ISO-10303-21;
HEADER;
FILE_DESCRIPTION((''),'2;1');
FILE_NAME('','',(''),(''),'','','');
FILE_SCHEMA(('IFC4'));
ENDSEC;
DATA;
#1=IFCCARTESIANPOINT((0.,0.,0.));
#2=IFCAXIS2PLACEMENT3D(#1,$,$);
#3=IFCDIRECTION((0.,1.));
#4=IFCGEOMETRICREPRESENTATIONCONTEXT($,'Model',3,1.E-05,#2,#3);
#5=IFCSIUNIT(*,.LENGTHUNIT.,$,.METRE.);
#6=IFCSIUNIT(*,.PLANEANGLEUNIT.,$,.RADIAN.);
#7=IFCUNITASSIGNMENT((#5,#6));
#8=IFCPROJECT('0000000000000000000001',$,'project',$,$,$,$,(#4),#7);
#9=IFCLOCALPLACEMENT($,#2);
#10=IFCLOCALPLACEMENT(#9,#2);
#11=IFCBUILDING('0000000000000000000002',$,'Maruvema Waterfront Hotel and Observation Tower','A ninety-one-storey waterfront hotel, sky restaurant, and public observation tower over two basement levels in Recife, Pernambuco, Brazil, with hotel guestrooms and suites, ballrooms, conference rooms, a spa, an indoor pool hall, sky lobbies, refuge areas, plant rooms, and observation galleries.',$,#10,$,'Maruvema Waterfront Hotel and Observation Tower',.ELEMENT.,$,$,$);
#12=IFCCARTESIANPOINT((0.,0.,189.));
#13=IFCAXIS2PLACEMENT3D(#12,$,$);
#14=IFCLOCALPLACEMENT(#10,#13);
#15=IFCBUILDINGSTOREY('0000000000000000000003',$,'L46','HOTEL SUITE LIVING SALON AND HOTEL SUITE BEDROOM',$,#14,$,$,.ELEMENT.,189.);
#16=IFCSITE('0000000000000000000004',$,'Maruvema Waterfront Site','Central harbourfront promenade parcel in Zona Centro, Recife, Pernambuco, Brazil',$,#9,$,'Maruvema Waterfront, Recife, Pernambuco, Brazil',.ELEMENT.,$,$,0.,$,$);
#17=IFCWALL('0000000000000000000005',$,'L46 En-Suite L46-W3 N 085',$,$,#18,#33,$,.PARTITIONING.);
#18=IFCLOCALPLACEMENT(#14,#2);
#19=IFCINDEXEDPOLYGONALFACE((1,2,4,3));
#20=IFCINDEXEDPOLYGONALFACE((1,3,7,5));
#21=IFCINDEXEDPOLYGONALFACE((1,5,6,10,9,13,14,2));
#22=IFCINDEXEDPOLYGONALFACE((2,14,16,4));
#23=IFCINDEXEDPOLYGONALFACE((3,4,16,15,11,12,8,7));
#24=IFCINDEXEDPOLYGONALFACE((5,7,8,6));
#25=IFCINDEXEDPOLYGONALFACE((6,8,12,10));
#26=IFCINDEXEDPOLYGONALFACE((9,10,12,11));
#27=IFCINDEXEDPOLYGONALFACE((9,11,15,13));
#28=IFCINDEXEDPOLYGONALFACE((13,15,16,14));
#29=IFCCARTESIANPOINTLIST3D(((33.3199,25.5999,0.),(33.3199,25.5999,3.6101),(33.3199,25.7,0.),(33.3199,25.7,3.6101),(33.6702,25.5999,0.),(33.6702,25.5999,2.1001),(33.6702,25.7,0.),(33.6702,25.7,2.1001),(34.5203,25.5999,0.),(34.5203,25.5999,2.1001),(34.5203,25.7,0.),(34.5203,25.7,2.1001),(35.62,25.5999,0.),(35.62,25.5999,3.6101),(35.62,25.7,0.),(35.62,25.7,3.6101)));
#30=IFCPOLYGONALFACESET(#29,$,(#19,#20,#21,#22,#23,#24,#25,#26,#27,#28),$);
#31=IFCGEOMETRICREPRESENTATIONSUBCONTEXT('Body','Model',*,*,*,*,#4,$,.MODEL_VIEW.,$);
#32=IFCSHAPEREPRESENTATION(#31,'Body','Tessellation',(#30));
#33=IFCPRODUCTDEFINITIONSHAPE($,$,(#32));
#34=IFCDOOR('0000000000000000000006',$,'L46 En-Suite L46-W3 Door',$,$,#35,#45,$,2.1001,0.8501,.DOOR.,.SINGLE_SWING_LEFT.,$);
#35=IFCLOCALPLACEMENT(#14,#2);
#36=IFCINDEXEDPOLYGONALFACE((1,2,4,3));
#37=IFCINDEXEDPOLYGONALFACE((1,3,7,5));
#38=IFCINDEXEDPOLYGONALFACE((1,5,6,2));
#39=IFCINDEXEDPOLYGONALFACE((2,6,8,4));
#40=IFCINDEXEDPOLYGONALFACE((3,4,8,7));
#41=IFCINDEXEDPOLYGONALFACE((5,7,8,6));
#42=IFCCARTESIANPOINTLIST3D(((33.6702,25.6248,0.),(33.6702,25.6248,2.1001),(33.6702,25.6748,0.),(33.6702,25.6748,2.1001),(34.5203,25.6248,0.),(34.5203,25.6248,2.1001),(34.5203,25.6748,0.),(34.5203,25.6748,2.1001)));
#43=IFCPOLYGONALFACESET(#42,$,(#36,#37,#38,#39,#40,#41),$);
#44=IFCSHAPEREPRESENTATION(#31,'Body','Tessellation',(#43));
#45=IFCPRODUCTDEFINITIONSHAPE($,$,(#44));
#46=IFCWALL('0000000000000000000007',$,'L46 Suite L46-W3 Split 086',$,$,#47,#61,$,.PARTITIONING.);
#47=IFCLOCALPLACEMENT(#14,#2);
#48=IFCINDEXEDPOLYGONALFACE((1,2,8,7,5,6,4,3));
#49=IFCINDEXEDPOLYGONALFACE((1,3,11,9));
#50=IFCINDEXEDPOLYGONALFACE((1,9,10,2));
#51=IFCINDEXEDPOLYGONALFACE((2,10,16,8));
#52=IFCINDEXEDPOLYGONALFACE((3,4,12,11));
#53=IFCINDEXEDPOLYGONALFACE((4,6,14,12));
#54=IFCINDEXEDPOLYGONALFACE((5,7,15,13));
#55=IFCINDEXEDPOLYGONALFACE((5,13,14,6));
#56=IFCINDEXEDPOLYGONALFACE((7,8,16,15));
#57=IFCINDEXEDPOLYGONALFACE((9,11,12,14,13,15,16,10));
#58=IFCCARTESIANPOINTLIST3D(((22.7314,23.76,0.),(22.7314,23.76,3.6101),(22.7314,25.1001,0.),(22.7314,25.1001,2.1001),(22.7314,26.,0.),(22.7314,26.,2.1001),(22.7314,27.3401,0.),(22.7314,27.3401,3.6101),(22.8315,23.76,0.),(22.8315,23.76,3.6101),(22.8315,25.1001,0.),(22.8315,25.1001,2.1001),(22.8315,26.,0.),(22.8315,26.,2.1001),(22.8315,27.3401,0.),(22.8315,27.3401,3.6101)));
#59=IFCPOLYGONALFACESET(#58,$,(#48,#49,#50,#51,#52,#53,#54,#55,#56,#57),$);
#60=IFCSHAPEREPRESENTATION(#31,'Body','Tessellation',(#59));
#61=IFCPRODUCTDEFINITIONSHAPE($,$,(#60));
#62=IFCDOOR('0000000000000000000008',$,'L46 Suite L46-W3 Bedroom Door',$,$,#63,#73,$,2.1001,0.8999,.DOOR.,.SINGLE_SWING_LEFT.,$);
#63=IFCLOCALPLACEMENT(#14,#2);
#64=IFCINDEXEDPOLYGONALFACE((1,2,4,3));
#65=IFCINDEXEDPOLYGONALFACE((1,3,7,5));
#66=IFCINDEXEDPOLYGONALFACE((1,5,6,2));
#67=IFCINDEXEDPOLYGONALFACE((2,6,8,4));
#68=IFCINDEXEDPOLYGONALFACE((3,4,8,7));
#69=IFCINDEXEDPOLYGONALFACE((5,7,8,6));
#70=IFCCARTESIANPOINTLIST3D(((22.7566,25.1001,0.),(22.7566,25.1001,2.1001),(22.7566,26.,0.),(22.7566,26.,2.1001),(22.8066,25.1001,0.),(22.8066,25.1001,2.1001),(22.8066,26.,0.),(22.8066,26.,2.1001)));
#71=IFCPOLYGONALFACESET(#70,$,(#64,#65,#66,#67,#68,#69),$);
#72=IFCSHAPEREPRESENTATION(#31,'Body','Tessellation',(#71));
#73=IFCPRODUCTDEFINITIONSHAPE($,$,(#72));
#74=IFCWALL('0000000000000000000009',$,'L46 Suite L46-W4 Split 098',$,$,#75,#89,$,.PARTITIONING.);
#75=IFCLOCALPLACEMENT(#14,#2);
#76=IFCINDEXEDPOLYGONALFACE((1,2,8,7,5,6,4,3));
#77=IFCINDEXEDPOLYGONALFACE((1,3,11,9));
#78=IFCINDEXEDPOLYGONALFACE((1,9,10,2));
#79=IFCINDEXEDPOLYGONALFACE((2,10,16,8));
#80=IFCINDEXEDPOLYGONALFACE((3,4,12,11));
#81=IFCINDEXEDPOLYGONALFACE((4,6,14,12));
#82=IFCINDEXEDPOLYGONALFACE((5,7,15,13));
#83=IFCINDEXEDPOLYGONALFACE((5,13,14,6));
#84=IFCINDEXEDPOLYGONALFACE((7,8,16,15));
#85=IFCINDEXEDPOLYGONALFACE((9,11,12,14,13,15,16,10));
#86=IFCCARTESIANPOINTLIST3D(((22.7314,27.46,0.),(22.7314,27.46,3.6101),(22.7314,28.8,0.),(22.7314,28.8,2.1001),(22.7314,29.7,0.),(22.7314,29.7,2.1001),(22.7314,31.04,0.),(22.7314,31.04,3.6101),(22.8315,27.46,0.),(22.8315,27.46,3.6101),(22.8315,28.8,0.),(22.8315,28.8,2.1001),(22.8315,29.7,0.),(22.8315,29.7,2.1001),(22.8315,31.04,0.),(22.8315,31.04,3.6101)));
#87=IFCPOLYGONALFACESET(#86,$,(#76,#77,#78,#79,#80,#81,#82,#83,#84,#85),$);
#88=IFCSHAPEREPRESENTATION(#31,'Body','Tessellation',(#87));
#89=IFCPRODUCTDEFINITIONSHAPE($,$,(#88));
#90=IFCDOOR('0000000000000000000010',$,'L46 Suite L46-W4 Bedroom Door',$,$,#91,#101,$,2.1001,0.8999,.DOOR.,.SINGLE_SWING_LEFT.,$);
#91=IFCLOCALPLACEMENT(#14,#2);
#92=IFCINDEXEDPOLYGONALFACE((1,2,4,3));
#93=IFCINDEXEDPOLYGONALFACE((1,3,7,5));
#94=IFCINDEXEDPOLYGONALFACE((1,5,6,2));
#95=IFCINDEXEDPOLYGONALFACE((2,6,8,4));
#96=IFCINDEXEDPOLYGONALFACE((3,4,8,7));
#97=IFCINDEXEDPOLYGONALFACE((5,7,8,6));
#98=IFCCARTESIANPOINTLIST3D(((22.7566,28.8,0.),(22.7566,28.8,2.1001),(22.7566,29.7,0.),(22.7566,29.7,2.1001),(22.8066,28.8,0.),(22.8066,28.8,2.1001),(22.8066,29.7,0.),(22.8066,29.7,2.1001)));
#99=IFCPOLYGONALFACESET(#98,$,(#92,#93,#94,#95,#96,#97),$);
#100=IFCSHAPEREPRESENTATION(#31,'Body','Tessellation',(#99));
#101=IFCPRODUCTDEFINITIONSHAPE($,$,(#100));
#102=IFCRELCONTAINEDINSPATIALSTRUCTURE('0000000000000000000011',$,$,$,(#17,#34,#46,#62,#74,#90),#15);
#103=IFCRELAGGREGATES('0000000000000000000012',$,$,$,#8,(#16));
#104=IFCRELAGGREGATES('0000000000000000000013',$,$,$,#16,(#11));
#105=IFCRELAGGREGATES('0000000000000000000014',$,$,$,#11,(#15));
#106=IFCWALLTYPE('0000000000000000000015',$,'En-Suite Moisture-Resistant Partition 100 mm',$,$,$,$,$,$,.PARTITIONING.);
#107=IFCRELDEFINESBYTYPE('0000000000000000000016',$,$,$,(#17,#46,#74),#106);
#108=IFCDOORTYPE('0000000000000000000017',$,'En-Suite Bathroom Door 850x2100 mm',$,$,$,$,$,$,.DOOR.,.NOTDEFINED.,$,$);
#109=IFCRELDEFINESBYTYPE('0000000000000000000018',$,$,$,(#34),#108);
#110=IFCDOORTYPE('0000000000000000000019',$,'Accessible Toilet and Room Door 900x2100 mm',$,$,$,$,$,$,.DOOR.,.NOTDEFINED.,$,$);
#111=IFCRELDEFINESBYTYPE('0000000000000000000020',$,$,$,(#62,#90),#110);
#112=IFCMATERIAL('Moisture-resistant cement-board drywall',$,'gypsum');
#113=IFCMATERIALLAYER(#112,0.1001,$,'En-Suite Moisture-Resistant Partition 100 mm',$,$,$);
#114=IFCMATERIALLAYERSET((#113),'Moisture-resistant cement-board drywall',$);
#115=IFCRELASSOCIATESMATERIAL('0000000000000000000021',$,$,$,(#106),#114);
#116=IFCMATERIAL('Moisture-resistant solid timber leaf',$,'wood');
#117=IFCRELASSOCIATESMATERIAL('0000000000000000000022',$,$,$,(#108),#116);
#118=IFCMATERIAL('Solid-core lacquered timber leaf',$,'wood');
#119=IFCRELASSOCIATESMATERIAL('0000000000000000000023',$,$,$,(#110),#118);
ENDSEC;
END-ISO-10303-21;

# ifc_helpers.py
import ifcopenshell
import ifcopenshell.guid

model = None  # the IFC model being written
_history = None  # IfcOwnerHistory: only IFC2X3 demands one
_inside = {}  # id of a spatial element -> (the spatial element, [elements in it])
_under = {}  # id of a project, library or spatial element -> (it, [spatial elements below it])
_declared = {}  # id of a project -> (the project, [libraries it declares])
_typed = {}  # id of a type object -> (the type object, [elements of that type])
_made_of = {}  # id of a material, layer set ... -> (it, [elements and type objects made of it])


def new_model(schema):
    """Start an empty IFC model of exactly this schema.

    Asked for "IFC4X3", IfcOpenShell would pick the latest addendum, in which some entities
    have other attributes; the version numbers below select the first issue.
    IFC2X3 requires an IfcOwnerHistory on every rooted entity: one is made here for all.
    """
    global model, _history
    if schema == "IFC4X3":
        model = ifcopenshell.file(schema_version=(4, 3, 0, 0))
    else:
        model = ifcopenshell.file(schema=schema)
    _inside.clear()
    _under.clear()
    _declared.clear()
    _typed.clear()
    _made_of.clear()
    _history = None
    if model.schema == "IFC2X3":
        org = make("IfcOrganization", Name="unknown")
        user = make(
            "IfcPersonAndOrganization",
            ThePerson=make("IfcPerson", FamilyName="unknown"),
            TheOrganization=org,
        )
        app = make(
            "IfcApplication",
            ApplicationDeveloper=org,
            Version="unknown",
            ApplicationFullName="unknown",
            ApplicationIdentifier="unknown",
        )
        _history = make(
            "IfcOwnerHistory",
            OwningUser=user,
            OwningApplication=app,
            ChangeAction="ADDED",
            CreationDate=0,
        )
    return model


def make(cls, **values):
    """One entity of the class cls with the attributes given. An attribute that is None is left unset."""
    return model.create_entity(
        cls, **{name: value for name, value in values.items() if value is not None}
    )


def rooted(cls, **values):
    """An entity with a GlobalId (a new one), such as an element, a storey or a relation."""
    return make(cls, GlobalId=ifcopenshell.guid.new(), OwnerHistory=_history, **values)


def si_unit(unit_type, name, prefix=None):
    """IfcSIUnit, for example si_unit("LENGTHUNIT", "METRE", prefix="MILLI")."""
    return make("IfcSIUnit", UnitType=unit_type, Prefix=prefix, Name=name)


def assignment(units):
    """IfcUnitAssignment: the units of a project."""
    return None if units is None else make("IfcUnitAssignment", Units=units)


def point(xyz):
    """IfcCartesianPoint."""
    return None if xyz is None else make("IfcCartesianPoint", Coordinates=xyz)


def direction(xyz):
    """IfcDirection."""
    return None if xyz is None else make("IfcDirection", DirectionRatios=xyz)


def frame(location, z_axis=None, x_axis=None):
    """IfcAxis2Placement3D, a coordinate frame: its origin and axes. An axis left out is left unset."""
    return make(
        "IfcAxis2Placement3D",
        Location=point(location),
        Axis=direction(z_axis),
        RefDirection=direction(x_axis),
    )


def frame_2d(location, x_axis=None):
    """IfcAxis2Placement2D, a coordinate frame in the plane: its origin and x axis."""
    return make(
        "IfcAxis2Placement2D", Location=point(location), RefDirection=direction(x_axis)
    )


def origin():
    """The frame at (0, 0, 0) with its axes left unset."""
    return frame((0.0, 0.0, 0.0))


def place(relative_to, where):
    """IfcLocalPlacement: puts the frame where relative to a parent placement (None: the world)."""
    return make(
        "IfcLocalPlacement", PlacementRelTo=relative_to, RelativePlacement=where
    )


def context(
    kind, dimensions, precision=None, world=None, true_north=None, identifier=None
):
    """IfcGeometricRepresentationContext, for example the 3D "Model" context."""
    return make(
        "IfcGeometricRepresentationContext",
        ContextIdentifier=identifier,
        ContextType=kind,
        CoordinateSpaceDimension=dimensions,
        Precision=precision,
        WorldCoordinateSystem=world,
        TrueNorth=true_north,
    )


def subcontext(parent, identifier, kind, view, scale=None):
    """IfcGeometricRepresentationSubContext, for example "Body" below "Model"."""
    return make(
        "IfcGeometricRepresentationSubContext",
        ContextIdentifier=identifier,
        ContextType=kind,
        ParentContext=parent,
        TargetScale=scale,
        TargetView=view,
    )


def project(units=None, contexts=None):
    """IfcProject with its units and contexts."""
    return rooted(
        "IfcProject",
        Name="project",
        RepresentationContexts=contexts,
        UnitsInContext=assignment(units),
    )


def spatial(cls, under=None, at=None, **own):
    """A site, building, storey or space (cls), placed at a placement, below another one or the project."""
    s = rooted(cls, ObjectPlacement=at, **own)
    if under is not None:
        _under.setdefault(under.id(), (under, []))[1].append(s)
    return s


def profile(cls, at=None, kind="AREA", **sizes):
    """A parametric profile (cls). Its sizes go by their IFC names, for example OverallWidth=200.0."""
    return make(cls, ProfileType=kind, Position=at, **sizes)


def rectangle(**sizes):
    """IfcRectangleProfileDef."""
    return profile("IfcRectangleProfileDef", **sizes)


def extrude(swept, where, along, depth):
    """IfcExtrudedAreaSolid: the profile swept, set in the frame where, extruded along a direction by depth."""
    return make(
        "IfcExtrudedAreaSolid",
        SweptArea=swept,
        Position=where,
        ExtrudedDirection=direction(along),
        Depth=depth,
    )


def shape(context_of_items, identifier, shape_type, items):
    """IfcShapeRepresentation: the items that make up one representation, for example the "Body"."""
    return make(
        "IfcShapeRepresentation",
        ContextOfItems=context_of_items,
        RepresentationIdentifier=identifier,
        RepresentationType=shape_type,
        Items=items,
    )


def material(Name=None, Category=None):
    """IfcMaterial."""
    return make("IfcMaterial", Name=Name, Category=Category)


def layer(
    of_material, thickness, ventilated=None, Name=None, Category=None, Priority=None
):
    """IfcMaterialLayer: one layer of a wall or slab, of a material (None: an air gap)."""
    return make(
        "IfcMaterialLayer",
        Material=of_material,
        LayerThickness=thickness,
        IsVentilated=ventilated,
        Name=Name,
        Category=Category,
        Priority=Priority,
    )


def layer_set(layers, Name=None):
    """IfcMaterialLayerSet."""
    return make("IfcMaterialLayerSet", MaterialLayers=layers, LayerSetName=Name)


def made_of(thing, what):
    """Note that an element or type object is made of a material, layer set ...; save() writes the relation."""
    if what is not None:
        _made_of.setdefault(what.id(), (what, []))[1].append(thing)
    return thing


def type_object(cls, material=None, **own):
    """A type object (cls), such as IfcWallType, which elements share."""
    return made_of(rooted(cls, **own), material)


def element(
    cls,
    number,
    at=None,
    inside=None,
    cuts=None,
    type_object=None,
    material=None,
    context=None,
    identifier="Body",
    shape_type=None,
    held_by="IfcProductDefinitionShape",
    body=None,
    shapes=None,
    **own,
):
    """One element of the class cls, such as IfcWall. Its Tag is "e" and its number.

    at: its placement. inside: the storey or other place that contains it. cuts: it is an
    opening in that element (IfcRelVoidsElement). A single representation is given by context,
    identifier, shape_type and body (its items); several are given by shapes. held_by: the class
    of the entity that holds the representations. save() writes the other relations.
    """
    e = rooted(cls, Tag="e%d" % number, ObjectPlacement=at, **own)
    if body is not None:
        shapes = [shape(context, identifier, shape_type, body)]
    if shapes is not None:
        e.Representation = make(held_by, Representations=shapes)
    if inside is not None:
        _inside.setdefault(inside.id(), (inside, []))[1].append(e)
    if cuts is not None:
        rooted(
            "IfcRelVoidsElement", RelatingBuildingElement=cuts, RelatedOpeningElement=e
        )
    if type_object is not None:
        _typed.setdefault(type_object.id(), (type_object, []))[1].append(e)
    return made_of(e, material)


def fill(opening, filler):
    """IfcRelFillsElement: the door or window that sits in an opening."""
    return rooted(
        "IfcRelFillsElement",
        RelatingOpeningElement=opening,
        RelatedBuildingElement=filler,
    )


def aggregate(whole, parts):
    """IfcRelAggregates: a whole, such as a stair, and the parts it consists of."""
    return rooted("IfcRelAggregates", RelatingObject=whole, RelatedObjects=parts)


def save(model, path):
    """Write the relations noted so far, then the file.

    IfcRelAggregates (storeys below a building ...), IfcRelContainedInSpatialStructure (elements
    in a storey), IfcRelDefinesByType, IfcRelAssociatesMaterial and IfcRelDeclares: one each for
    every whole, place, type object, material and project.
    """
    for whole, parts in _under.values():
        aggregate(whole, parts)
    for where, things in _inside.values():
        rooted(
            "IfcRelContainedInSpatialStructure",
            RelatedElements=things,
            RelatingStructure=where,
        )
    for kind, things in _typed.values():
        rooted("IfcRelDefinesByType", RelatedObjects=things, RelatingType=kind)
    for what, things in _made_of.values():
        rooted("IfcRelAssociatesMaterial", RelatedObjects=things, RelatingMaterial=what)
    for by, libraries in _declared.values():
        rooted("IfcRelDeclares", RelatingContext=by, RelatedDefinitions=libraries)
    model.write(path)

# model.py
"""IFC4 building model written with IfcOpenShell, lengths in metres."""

from ifc_helpers import new_model, si_unit, direction, frame, frame_2d, origin, place, context, subcontext, project, spatial, rectangle, extrude, material, layer, layer_set, type_object, element, fill, save


model = new_model("IFC4")

# Units and contexts
model_context = context("Model", 3, precision=1e-05, world=origin(), true_north=direction((0.0, 1.0)))
body_context = subcontext(model_context, "Body", "Model", "MODEL_VIEW")
ifc_project = project(units=[si_unit("LENGTHUNIT", "METRE"), si_unit("PLANEANGLEUNIT", "RADIAN")], contexts=[model_context])

# Site, building, storey
site_placement = place(None, origin())
site = spatial("IfcSite", under=ifc_project, at=site_placement, Name="Maruvema Waterfront Site", Description="Central harbourfront promenade parcel in Zona Centro, Recife, Pernambuco, Brazil", LongName="Maruvema Waterfront, Recife, Pernambuco, Brazil", CompositionType="ELEMENT", RefElevation=0.0)
building_placement = place(site_placement, origin())
building = spatial("IfcBuilding", under=site, at=building_placement, Name="Maruvema Waterfront Hotel and Observation Tower", Description="A ninety-one-storey waterfront hotel, sky restaurant, and public observation tower over two basement levels in Recife, Pernambuco, Brazil, with hotel guestrooms and suites, ballrooms, conference rooms, a spa, an indoor pool hall, sky lobbies, refuge areas, plant rooms, and observation galleries.", LongName="Maruvema Waterfront Hotel and Observation Tower", CompositionType="ELEMENT")
storey_placement = place(building_placement, frame((0.0, 0.0, 189.0)))
storey = spatial("IfcBuildingStorey", under=building, at=storey_placement, Name="L46", Description="HOTEL SUITE LIVING SALON AND HOTEL SUITE BEDROOM", CompositionType="ELEMENT", Elevation=189.0)

# Shared definitions
ifc_material_1 = material(Name="Moisture-resistant cement-board drywall", Category="gypsum")
ifc_layer_1 = layer(ifc_material_1, 0.1001, Name="En-Suite Moisture-Resistant Partition 100 mm")
ifc_layer_set_1 = layer_set([ifc_layer_1], Name="Moisture-resistant cement-board drywall")
wall_type_1 = type_object("IfcWallType", Name="En-Suite Moisture-Resistant Partition 100 mm", PredefinedType="PARTITIONING", material=ifc_layer_set_1)
ifc_material_2 = material(Name="Moisture-resistant solid timber leaf", Category="wood")
door_type_1 = type_object("IfcDoorType", Name="En-Suite Bathroom Door 850x2100 mm", OperationType="NOTDEFINED", PredefinedType="DOOR", material=ifc_material_2)

# Walls, openings, doors
wall_1_placement = place(storey_placement, frame((33.3201, 25.6499, 0.0), z_axis=(0.0, 0.0, 1.0), x_axis=(1.0, 0.0, 0.0)))
wall_1 = element("IfcWall", 1, at=wall_1_placement, inside=storey, type_object=wall_type_1, Name="L46 En-Suite L46-W3 N 085", PredefinedType="PARTITIONING", context=body_context, shape_type="SweptSolid", body=[
    extrude(rectangle(XDim=2.3, YDim=0.1001, at=frame_2d((1.1499, 0.0))), origin(), (0.0, 0.0, 1.0), 3.6101),
])
opening_1_placement = place(wall_1_placement, frame((0.3501, 0.0, 0.0)))
opening_1 = element("IfcOpeningElement", 2, at=opening_1_placement, cuts=wall_1, PredefinedType="OPENING", context=body_context, shape_type="SweptSolid", body=[
    extrude(rectangle(XDim=0.8501, YDim=2.1001, at=frame_2d((0.425, 1.05))), frame((0.0, 0.0601, 0.0), z_axis=(0.0, -1.0, 0.0), x_axis=(1.0, 0.0, 0.0)), (0.0, 0.0, 1.0), 0.1201),
])
door_1_placement = place(opening_1_placement, origin())
door_1 = element("IfcDoor", 3, at=door_1_placement, inside=storey, type_object=door_type_1, Name="L46 En-Suite L46-W3 Door", OperationType="SINGLE_SWING_LEFT", OverallHeight=2.1001, OverallWidth=0.8501, PredefinedType="DOOR", context=body_context, shape_type="SweptSolid", body=[
    extrude(rectangle(XDim=0.8501, YDim=2.1001, at=frame_2d((0.425, 1.05))), frame((0.0, 0.0249, 0.0), z_axis=(0.0, -1.0, 0.0), x_axis=(1.0, 0.0, 0.0)), (0.0, 0.0, 1.0), 0.05),
])
fill(opening_1, door_1)
wall_2_placement = place(storey_placement, frame((22.7815, 23.76, 0.0), z_axis=(0.0, 0.0, 1.0), x_axis=(0.0, 1.0, 0.0)))
wall_2 = element("IfcWall", 4, at=wall_2_placement, inside=storey, type_object=wall_type_1, Name="L46 Suite L46-W3 Split 086", PredefinedType="PARTITIONING", context=body_context, shape_type="SweptSolid", body=[
    extrude(rectangle(XDim=3.5801, YDim=0.1001, at=frame_2d((1.79, 0.0))), origin(), (0.0, 0.0, 1.0), 3.6101),
])
opening_2_placement = place(wall_2_placement, frame((1.3401, 0.0, 0.0)))
opening_2 = element("IfcOpeningElement", 5, at=opening_2_placement, cuts=wall_2, PredefinedType="OPENING", context=body_context, shape_type="SweptSolid", body=[
    extrude(rectangle(XDim=0.8999, YDim=2.1001, at=frame_2d((0.45, 1.05))), frame((0.0, 0.0601, 0.0), z_axis=(0.0, -1.0, 0.0), x_axis=(1.0, 0.0, 0.0)), (0.0, 0.0, 1.0), 0.1201),
])
ifc_material_3 = material(Name="Solid-core lacquered timber leaf", Category="wood")
door_type_2 = type_object("IfcDoorType", Name="Accessible Toilet and Room Door 900x2100 mm", OperationType="NOTDEFINED", PredefinedType="DOOR", material=ifc_material_3)
door_2_placement = place(opening_2_placement, origin())
door_2 = element("IfcDoor", 6, at=door_2_placement, inside=storey, type_object=door_type_2, Name="L46 Suite L46-W3 Bedroom Door", OperationType="SINGLE_SWING_LEFT", OverallHeight=2.1001, OverallWidth=0.8999, PredefinedType="DOOR", context=body_context, shape_type="SweptSolid", body=[
    extrude(rectangle(XDim=0.8999, YDim=2.1001, at=frame_2d((0.45, 1.05))), frame((0.0, 0.0249, 0.0), z_axis=(0.0, -1.0, 0.0), x_axis=(1.0, 0.0, 0.0)), (0.0, 0.0, 1.0), 0.05),
])
fill(opening_2, door_2)
wall_3_placement = place(storey_placement, frame((22.7815, 27.46, 0.0), z_axis=(0.0, 0.0, 1.0), x_axis=(0.0, 1.0, 0.0)))
wall_3 = element("IfcWall", 7, at=wall_3_placement, inside=storey, type_object=wall_type_1, Name="L46 Suite L46-W4 Split 098", PredefinedType="PARTITIONING", context=body_context, shape_type="SweptSolid", body=[
    extrude(rectangle(XDim=3.5801, YDim=0.1001, at=frame_2d((1.79, 0.0))), origin(), (0.0, 0.0, 1.0), 3.6101),
])
opening_3_placement = place(wall_3_placement, frame((1.3401, 0.0, 0.0)))
opening_3 = element("IfcOpeningElement", 8, at=opening_3_placement, cuts=wall_3, PredefinedType="OPENING", context=body_context, shape_type="SweptSolid", body=[
    extrude(rectangle(XDim=0.8999, YDim=2.1001, at=frame_2d((0.45, 1.05))), frame((0.0, 0.0601, 0.0), z_axis=(0.0, -1.0, 0.0), x_axis=(1.0, 0.0, 0.0)), (0.0, 0.0, 1.0), 0.1201),
])
door_3_placement = place(opening_3_placement, origin())
door_3 = element("IfcDoor", 9, at=door_3_placement, inside=storey, type_object=door_type_2, Name="L46 Suite L46-W4 Bedroom Door", OperationType="SINGLE_SWING_LEFT", OverallHeight=2.1001, OverallWidth=0.8999, PredefinedType="DOOR", context=body_context, shape_type="SweptSolid", body=[
    extrude(rectangle(XDim=0.8999, YDim=2.1001, at=frame_2d((0.45, 1.05))), frame((0.0, 0.0249, 0.0), z_axis=(0.0, -1.0, 0.0), x_axis=(1.0, 0.0, 0.0)), (0.0, 0.0, 1.0), 0.05),
])
fill(opening_3, door_3)

save(model, "model.ifc")
